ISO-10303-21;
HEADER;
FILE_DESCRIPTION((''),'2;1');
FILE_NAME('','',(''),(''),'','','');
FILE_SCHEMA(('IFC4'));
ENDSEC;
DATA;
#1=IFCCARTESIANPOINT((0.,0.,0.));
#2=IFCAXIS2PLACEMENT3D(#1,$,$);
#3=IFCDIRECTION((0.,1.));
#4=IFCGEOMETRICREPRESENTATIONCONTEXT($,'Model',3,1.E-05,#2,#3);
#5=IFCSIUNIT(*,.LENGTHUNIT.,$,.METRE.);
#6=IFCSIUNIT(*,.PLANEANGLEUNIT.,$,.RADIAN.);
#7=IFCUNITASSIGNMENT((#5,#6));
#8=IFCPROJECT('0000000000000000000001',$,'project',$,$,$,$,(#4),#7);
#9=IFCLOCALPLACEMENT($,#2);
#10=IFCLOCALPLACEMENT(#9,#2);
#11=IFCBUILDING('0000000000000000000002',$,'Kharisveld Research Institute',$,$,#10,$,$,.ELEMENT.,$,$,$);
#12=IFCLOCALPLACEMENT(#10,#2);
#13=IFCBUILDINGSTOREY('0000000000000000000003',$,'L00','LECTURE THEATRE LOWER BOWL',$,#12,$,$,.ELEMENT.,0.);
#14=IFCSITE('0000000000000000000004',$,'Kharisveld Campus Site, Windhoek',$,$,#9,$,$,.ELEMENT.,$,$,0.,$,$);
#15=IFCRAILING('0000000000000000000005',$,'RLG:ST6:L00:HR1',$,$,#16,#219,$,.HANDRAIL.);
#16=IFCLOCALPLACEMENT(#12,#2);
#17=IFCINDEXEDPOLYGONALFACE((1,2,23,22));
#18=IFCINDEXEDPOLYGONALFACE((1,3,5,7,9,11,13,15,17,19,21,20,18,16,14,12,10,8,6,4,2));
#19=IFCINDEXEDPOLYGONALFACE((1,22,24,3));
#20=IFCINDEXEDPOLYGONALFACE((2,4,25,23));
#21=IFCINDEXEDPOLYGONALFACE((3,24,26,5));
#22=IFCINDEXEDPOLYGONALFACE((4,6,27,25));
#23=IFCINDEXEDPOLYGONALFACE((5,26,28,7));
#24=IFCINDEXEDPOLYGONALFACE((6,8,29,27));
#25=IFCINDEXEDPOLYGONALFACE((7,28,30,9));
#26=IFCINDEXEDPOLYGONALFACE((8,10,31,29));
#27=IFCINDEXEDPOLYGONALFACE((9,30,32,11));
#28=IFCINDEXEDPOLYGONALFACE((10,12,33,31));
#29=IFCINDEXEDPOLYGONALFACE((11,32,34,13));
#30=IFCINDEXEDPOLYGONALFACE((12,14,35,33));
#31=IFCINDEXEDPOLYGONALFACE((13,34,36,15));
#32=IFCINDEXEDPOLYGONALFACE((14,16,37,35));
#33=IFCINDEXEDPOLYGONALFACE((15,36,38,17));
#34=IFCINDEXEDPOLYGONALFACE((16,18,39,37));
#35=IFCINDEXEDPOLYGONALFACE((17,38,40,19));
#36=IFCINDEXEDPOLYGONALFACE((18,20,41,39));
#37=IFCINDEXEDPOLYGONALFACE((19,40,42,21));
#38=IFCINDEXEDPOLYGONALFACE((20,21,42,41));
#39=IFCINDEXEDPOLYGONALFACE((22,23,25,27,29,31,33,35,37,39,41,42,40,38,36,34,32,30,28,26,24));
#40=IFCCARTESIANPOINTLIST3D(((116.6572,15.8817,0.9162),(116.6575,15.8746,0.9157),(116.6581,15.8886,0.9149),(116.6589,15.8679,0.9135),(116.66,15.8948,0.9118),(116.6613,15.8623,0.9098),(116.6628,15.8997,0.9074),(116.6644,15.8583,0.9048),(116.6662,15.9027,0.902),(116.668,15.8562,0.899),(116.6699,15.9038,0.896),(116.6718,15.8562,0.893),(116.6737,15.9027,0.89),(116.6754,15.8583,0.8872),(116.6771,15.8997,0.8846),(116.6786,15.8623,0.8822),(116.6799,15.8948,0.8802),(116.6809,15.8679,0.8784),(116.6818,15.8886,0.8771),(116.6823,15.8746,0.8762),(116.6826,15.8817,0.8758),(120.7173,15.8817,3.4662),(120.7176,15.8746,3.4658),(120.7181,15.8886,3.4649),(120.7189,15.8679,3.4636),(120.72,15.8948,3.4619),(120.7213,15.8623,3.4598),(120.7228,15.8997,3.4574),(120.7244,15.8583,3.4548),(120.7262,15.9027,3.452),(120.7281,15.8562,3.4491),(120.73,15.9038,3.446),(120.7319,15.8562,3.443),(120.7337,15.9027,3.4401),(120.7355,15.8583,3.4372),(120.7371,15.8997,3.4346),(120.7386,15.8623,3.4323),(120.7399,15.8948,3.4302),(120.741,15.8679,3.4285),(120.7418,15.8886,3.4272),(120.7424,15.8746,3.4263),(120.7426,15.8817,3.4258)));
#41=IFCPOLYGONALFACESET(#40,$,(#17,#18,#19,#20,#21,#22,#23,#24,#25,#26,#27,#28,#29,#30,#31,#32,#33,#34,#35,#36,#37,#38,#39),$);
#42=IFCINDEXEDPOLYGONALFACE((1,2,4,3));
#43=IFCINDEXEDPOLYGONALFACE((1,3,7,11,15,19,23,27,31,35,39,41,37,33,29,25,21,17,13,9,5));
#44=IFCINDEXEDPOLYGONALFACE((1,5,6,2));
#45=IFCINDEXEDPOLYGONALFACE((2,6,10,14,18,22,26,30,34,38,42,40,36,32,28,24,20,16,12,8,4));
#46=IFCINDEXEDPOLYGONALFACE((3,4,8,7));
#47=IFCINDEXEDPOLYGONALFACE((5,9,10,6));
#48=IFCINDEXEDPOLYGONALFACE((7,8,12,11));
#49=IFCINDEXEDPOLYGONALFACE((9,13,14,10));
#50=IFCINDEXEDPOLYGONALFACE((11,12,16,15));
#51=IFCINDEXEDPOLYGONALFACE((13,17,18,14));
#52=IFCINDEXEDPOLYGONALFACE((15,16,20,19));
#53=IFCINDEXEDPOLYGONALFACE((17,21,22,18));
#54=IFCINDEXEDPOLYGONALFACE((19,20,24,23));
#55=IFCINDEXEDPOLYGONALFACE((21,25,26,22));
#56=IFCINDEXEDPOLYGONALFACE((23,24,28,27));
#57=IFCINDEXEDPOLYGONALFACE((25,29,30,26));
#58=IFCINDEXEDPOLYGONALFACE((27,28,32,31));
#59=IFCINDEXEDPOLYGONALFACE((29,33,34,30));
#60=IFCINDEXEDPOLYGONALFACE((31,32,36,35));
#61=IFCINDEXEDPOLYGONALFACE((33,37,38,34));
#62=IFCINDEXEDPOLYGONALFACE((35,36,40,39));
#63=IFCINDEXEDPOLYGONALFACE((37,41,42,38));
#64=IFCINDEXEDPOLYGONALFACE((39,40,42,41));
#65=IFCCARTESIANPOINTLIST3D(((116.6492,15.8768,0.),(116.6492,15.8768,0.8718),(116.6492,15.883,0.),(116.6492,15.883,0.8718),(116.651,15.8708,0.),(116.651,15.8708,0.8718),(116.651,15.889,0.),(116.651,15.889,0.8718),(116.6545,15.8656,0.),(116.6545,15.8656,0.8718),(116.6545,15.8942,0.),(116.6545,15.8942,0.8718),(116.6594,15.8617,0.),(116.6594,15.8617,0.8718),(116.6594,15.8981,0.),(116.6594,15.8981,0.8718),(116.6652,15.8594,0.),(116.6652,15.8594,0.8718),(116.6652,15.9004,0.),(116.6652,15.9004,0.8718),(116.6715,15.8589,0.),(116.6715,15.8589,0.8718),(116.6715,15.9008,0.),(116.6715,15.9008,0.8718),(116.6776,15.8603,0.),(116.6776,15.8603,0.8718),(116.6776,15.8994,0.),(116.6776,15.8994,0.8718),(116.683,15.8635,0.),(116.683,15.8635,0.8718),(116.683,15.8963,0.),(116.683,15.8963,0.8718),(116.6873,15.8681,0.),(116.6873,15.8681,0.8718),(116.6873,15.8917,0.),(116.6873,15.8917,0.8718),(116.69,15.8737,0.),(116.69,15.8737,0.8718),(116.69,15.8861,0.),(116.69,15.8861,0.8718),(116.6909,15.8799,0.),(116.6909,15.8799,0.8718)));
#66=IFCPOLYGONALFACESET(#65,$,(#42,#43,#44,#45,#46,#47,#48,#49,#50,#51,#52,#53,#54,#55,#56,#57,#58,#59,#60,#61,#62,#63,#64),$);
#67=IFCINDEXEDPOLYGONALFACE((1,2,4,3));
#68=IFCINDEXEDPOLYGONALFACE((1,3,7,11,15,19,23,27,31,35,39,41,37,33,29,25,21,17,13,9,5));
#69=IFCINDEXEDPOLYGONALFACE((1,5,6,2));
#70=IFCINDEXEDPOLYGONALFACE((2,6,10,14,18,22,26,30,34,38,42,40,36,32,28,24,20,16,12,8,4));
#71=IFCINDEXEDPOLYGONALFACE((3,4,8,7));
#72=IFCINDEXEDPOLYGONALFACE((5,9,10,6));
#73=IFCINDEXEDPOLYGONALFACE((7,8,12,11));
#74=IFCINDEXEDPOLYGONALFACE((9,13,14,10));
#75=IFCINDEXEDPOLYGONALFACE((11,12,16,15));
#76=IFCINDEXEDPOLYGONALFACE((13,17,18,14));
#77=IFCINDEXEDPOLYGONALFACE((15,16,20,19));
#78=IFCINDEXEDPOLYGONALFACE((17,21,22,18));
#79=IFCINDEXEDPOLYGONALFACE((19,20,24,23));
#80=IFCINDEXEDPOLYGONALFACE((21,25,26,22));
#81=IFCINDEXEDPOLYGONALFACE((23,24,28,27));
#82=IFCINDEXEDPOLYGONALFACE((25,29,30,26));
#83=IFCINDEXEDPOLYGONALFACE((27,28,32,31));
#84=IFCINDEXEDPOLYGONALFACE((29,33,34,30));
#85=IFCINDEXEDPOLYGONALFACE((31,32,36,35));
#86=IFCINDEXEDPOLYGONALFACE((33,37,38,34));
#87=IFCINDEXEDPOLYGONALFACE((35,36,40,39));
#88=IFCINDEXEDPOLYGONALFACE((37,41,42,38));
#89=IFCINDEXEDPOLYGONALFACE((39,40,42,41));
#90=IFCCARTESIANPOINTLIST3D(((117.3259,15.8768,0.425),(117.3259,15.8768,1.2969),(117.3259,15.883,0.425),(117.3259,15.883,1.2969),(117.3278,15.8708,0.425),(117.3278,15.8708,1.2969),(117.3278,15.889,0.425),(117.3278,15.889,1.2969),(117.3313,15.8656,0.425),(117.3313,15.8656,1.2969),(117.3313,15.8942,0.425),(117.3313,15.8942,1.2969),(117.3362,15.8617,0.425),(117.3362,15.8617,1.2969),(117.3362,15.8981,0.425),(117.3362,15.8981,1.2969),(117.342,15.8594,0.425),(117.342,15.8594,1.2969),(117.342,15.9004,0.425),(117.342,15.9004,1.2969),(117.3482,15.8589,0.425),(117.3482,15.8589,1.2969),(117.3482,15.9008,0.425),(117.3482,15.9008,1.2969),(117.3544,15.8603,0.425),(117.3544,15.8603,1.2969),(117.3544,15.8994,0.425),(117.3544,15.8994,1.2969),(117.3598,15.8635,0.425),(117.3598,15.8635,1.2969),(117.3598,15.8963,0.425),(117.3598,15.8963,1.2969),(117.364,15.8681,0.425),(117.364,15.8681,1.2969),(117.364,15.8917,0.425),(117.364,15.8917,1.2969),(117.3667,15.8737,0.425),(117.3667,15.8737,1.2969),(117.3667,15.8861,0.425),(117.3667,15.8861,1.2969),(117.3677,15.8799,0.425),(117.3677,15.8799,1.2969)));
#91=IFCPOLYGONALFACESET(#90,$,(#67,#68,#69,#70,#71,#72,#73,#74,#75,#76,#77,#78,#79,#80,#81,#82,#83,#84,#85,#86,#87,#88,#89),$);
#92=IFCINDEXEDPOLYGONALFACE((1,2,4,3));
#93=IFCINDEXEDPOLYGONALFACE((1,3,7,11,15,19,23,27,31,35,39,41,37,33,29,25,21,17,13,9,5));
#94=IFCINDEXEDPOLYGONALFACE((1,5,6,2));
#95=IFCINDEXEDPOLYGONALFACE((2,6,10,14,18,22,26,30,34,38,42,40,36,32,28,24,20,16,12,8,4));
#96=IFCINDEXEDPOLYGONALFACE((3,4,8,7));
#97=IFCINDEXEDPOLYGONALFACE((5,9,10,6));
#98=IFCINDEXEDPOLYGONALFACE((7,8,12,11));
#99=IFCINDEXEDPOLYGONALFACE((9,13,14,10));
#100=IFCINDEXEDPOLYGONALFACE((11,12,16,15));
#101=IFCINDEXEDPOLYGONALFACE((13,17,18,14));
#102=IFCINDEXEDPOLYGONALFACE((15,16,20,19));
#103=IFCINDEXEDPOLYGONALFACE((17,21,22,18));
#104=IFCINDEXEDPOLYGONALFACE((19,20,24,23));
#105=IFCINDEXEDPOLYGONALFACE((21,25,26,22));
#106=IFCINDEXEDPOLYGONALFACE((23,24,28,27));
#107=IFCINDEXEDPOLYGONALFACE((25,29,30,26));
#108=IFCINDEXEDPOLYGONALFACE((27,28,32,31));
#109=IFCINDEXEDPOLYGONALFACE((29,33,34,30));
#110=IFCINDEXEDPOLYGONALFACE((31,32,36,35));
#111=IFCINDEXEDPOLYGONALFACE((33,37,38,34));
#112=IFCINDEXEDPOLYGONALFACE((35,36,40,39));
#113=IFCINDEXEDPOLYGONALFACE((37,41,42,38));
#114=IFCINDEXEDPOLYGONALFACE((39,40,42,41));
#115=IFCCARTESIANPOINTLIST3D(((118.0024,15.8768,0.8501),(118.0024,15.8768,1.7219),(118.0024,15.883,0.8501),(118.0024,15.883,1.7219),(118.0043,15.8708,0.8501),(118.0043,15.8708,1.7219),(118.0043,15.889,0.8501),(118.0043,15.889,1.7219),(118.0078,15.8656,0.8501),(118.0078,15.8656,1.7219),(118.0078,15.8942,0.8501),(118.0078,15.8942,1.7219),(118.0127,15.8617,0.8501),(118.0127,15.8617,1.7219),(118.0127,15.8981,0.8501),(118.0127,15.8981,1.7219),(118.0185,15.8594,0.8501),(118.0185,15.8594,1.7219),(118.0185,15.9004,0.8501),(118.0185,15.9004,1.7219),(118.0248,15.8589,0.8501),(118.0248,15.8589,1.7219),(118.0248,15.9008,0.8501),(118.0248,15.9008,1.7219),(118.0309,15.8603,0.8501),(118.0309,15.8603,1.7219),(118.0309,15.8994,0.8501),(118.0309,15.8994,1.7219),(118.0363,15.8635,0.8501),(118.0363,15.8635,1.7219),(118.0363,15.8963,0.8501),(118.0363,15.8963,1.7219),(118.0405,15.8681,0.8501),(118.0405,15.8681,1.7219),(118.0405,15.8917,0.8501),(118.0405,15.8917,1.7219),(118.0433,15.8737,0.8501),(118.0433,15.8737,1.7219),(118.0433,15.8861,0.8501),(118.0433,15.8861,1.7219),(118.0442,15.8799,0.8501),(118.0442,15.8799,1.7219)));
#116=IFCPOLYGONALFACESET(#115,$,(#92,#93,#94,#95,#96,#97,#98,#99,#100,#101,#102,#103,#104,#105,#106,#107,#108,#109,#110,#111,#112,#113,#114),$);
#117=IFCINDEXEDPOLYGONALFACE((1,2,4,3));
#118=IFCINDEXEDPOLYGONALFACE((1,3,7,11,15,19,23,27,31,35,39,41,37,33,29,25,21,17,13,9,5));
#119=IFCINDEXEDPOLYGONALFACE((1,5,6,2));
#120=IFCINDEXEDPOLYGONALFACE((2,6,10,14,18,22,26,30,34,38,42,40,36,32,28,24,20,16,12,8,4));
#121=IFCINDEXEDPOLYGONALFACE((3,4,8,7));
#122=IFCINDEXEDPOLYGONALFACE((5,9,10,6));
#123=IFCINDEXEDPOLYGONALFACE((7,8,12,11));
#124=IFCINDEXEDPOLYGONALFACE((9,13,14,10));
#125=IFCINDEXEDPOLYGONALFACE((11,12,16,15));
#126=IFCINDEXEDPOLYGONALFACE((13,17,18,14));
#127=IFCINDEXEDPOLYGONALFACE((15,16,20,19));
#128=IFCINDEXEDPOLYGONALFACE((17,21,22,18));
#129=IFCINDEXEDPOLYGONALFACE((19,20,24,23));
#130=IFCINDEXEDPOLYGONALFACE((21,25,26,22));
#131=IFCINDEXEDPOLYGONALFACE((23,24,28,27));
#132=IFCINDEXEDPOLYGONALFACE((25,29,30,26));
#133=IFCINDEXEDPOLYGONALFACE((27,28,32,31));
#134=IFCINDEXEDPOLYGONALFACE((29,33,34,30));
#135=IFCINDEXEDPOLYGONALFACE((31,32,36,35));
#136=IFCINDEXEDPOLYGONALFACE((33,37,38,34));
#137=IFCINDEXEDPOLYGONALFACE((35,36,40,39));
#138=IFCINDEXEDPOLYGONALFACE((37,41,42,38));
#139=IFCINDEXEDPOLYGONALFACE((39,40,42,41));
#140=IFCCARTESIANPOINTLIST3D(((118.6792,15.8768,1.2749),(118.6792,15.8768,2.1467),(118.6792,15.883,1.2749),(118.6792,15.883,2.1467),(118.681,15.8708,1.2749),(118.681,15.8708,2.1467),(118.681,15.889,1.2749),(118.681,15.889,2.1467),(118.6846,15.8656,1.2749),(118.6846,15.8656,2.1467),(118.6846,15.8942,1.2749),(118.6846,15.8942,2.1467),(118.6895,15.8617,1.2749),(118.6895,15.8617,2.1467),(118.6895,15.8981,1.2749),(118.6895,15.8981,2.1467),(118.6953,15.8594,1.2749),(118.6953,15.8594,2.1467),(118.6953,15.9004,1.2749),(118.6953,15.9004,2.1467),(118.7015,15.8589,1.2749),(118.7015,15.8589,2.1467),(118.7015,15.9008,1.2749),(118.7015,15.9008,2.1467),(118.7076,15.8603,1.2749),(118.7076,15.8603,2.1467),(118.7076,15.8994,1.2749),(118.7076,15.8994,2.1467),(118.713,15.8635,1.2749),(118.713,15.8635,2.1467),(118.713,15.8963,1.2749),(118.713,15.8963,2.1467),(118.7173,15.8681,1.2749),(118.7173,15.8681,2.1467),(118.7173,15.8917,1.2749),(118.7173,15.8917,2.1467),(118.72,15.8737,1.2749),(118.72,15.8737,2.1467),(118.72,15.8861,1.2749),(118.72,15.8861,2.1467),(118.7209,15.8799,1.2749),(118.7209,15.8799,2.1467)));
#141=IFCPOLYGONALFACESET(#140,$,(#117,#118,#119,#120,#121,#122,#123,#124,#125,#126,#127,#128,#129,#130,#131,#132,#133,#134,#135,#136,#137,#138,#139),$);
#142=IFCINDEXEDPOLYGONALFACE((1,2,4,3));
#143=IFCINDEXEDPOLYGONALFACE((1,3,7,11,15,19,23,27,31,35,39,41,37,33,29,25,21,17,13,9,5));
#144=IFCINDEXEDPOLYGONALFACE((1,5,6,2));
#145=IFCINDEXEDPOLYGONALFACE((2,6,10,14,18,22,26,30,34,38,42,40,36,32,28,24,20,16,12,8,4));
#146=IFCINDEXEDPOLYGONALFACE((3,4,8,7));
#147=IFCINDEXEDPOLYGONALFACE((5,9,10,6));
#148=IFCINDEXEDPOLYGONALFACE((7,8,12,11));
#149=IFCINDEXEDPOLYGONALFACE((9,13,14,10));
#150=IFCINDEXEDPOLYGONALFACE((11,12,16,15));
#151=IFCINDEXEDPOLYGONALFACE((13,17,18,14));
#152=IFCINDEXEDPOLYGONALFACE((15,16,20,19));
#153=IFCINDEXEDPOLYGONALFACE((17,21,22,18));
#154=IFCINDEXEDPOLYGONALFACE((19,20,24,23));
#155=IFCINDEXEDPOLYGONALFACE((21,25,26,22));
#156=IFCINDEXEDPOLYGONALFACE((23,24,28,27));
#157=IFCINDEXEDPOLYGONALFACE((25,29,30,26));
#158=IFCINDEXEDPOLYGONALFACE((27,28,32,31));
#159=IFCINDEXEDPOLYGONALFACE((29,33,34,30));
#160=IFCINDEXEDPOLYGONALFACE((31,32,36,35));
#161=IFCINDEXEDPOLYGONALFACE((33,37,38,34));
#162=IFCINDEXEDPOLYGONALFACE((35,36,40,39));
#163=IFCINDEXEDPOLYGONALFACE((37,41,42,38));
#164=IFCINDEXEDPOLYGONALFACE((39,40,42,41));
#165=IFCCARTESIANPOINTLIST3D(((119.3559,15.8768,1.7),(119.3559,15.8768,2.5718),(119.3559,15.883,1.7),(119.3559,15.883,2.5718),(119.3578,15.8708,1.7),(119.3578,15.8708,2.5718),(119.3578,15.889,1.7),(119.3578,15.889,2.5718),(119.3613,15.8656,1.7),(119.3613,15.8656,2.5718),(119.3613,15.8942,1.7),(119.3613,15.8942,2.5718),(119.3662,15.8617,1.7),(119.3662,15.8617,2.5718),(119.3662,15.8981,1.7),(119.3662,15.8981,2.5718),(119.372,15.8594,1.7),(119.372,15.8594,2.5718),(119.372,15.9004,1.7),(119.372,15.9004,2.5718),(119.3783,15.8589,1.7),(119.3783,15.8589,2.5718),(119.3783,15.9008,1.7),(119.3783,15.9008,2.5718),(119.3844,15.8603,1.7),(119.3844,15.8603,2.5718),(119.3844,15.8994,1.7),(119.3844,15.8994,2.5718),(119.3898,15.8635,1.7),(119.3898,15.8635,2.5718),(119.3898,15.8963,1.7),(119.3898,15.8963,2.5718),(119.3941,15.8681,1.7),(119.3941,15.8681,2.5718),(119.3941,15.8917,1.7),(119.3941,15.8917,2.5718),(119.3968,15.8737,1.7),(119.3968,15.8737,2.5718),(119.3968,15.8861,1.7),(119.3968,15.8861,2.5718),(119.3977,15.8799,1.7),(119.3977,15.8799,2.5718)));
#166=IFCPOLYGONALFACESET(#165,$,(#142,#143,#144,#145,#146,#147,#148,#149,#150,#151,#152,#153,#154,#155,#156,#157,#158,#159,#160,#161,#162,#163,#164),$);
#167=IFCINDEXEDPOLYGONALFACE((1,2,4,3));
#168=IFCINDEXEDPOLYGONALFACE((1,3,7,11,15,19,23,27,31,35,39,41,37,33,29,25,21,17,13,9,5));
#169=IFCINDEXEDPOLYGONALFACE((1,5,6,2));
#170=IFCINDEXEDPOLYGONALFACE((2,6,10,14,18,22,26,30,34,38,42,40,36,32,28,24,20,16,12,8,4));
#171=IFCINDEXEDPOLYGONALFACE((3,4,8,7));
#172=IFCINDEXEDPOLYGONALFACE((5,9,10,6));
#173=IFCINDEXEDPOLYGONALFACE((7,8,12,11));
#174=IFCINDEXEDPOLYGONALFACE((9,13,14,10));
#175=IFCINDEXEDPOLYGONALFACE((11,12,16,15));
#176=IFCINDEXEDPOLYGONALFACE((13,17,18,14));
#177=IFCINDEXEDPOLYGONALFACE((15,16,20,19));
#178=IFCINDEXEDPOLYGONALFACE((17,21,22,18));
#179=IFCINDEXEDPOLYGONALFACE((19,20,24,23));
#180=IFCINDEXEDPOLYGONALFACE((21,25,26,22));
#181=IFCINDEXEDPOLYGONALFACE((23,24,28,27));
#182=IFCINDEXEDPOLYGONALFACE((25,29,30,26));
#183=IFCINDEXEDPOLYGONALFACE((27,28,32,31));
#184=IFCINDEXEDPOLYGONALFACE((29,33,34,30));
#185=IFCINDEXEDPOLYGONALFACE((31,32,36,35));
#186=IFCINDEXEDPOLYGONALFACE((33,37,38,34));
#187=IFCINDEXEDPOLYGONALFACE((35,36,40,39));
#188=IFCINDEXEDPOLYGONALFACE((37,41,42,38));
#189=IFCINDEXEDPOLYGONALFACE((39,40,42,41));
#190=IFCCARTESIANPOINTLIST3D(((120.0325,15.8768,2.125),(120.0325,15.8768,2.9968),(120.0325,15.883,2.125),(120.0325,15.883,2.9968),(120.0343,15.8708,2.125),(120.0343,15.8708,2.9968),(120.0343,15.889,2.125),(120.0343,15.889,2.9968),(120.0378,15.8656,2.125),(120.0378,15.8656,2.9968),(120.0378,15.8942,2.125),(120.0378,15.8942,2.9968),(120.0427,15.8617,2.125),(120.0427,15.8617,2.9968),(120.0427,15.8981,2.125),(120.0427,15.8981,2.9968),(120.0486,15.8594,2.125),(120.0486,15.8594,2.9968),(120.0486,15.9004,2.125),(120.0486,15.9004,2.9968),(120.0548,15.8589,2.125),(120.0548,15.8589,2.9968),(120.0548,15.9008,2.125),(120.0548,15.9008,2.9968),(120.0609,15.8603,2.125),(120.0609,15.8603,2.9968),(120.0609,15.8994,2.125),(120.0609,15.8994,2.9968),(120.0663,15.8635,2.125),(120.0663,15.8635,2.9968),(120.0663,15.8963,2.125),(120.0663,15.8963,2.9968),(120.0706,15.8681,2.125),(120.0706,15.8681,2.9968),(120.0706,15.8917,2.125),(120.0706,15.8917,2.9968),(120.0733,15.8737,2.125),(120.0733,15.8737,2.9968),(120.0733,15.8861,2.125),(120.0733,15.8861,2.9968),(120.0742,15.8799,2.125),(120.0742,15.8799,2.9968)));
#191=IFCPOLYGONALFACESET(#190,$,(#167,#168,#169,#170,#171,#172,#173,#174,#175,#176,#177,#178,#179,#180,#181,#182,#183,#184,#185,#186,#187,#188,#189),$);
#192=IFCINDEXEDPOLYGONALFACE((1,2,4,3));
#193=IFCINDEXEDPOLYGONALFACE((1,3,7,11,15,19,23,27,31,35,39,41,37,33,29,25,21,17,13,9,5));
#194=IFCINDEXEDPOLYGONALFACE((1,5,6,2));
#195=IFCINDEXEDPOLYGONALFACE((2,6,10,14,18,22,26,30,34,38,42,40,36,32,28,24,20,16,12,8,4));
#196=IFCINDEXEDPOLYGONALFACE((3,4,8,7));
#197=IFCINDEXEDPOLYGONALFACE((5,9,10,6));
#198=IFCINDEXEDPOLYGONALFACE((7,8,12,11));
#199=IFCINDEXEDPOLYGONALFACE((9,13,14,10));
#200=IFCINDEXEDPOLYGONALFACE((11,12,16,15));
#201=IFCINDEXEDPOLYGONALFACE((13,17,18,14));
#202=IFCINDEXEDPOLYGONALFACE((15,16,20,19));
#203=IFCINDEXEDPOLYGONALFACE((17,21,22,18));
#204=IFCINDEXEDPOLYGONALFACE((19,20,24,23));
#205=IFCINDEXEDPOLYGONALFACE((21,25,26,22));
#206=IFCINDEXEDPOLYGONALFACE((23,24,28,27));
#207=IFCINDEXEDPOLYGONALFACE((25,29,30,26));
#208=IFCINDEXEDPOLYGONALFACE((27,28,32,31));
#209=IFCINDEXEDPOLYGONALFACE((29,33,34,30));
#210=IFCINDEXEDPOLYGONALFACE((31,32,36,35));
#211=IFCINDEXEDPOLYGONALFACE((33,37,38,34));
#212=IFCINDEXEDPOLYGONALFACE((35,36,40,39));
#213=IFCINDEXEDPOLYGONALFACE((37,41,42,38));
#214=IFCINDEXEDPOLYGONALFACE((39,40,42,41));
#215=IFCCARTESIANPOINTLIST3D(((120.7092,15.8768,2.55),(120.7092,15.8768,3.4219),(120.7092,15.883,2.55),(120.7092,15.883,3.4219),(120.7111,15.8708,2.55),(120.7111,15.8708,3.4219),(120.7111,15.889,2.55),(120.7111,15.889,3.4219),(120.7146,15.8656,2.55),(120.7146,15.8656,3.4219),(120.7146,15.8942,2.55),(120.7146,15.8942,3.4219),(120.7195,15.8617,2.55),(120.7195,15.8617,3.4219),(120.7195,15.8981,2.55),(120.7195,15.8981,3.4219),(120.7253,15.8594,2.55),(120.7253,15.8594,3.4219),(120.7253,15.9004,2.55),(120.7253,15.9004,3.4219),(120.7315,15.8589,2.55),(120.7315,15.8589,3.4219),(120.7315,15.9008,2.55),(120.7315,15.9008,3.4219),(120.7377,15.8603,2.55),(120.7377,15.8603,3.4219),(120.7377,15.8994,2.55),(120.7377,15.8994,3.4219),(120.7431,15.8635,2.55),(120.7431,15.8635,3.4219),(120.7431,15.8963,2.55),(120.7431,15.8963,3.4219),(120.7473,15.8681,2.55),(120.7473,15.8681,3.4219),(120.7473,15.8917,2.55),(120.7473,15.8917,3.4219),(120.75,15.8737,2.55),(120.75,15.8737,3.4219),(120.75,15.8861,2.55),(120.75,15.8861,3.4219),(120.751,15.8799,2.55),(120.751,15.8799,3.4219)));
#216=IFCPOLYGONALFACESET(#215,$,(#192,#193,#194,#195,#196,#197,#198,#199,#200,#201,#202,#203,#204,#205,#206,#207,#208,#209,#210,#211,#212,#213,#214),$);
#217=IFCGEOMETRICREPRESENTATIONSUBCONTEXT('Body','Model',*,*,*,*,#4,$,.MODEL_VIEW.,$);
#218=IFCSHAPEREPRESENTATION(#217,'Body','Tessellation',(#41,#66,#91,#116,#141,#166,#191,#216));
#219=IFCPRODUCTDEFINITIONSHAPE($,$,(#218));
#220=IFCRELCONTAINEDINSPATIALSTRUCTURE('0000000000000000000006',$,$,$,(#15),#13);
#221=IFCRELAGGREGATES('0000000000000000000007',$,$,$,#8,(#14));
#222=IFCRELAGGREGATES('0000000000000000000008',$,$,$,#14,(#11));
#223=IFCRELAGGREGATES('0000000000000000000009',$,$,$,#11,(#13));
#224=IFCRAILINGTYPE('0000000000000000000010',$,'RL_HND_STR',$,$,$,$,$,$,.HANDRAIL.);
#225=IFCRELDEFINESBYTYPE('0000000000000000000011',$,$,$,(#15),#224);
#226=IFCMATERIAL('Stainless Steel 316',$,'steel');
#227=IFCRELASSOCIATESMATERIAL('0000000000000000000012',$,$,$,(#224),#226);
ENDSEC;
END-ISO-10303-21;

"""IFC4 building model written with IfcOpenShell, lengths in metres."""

from ifc_helpers import new_model, si_unit, direction, frame, origin, origin_2d, place, context, subcontext, project, spatial, circle, extrude, material, type_object, element, save


model = new_model("IFC4")

# Units and contexts
model_context = context("Model", 3, precision=1e-05, world=origin(), true_north=direction((0.0, 1.0)))
body_context = subcontext(model_context, "Body", "Model", "MODEL_VIEW")
ifc_project = project(units=[si_unit("LENGTHUNIT", "METRE"), si_unit("PLANEANGLEUNIT", "RADIAN")], contexts=[model_context])

# Site, building, storey
site_placement = place(None, origin())
site = spatial("IfcSite", under=ifc_project, at=site_placement, Name="Kharisveld Campus Site, Windhoek", CompositionType="ELEMENT", RefElevation=0.0)
building_placement = place(site_placement, origin())
building = spatial("IfcBuilding", under=site, at=building_placement, Name="Kharisveld Research Institute", CompositionType="ELEMENT")
storey_placement = place(building_placement, origin())
storey = spatial("IfcBuildingStorey", under=building, at=storey_placement, Name="L00", Description="LECTURE THEATRE LOWER BOWL", CompositionType="ELEMENT", Elevation=0.0)

# Railing
ifc_material_1 = material(Name="Stainless Steel 316", Category="steel")
railing_type_1 = type_object("IfcRailingType", Name="RL_HND_STR", PredefinedType="HANDRAIL", material=ifc_material_1)
railing_1_placement = place(storey_placement, frame((116.6699, 15.8799, 0.0)))
element("IfcRailing", 1, at=railing_1_placement, inside=storey, type_object=railing_type_1, Name="RLG:ST6:L00:HR1", PredefinedType="HANDRAIL", context=body_context, shape_type="SweptSolid", body=[
    extrude(circle(Radius=0.0239, at=origin_2d()), frame((0.0, 0.0, 0.896), z_axis=(0.846823, 0.0, 0.531874), x_axis=(0.0, 1.0, 0.0)), (0.0, 0.0, 1.0), 4.7944),
    extrude(circle(Radius=0.021, at=origin_2d()), origin(), (0.0, 0.0, 1.0), 0.8718),
    extrude(circle(Radius=0.021, at=origin_2d()), frame((0.6768, 0.0, 0.425)), (0.0, 0.0, 1.0), 0.8718),
    extrude(circle(Radius=0.021, at=origin_2d()), frame((1.3533, 0.0, 0.8501)), (0.0, 0.0, 1.0), 0.8718),
    extrude(circle(Radius=0.021, at=origin_2d()), frame((2.03, 0.0, 1.2749)), (0.0, 0.0, 1.0), 0.8718),
    extrude(circle(Radius=0.021, at=origin_2d()), frame((2.7068, 0.0, 1.7)), (0.0, 0.0, 1.0), 0.8718),
    extrude(circle(Radius=0.021, at=origin_2d()), frame((3.3833, 0.0, 2.125)), (0.0, 0.0, 1.0), 0.8718),
    extrude(circle(Radius=0.021, at=origin_2d()), frame((4.0601, 0.0, 2.55)), (0.0, 0.0, 1.0), 0.8718),
])

save(model, "model.ifc")
